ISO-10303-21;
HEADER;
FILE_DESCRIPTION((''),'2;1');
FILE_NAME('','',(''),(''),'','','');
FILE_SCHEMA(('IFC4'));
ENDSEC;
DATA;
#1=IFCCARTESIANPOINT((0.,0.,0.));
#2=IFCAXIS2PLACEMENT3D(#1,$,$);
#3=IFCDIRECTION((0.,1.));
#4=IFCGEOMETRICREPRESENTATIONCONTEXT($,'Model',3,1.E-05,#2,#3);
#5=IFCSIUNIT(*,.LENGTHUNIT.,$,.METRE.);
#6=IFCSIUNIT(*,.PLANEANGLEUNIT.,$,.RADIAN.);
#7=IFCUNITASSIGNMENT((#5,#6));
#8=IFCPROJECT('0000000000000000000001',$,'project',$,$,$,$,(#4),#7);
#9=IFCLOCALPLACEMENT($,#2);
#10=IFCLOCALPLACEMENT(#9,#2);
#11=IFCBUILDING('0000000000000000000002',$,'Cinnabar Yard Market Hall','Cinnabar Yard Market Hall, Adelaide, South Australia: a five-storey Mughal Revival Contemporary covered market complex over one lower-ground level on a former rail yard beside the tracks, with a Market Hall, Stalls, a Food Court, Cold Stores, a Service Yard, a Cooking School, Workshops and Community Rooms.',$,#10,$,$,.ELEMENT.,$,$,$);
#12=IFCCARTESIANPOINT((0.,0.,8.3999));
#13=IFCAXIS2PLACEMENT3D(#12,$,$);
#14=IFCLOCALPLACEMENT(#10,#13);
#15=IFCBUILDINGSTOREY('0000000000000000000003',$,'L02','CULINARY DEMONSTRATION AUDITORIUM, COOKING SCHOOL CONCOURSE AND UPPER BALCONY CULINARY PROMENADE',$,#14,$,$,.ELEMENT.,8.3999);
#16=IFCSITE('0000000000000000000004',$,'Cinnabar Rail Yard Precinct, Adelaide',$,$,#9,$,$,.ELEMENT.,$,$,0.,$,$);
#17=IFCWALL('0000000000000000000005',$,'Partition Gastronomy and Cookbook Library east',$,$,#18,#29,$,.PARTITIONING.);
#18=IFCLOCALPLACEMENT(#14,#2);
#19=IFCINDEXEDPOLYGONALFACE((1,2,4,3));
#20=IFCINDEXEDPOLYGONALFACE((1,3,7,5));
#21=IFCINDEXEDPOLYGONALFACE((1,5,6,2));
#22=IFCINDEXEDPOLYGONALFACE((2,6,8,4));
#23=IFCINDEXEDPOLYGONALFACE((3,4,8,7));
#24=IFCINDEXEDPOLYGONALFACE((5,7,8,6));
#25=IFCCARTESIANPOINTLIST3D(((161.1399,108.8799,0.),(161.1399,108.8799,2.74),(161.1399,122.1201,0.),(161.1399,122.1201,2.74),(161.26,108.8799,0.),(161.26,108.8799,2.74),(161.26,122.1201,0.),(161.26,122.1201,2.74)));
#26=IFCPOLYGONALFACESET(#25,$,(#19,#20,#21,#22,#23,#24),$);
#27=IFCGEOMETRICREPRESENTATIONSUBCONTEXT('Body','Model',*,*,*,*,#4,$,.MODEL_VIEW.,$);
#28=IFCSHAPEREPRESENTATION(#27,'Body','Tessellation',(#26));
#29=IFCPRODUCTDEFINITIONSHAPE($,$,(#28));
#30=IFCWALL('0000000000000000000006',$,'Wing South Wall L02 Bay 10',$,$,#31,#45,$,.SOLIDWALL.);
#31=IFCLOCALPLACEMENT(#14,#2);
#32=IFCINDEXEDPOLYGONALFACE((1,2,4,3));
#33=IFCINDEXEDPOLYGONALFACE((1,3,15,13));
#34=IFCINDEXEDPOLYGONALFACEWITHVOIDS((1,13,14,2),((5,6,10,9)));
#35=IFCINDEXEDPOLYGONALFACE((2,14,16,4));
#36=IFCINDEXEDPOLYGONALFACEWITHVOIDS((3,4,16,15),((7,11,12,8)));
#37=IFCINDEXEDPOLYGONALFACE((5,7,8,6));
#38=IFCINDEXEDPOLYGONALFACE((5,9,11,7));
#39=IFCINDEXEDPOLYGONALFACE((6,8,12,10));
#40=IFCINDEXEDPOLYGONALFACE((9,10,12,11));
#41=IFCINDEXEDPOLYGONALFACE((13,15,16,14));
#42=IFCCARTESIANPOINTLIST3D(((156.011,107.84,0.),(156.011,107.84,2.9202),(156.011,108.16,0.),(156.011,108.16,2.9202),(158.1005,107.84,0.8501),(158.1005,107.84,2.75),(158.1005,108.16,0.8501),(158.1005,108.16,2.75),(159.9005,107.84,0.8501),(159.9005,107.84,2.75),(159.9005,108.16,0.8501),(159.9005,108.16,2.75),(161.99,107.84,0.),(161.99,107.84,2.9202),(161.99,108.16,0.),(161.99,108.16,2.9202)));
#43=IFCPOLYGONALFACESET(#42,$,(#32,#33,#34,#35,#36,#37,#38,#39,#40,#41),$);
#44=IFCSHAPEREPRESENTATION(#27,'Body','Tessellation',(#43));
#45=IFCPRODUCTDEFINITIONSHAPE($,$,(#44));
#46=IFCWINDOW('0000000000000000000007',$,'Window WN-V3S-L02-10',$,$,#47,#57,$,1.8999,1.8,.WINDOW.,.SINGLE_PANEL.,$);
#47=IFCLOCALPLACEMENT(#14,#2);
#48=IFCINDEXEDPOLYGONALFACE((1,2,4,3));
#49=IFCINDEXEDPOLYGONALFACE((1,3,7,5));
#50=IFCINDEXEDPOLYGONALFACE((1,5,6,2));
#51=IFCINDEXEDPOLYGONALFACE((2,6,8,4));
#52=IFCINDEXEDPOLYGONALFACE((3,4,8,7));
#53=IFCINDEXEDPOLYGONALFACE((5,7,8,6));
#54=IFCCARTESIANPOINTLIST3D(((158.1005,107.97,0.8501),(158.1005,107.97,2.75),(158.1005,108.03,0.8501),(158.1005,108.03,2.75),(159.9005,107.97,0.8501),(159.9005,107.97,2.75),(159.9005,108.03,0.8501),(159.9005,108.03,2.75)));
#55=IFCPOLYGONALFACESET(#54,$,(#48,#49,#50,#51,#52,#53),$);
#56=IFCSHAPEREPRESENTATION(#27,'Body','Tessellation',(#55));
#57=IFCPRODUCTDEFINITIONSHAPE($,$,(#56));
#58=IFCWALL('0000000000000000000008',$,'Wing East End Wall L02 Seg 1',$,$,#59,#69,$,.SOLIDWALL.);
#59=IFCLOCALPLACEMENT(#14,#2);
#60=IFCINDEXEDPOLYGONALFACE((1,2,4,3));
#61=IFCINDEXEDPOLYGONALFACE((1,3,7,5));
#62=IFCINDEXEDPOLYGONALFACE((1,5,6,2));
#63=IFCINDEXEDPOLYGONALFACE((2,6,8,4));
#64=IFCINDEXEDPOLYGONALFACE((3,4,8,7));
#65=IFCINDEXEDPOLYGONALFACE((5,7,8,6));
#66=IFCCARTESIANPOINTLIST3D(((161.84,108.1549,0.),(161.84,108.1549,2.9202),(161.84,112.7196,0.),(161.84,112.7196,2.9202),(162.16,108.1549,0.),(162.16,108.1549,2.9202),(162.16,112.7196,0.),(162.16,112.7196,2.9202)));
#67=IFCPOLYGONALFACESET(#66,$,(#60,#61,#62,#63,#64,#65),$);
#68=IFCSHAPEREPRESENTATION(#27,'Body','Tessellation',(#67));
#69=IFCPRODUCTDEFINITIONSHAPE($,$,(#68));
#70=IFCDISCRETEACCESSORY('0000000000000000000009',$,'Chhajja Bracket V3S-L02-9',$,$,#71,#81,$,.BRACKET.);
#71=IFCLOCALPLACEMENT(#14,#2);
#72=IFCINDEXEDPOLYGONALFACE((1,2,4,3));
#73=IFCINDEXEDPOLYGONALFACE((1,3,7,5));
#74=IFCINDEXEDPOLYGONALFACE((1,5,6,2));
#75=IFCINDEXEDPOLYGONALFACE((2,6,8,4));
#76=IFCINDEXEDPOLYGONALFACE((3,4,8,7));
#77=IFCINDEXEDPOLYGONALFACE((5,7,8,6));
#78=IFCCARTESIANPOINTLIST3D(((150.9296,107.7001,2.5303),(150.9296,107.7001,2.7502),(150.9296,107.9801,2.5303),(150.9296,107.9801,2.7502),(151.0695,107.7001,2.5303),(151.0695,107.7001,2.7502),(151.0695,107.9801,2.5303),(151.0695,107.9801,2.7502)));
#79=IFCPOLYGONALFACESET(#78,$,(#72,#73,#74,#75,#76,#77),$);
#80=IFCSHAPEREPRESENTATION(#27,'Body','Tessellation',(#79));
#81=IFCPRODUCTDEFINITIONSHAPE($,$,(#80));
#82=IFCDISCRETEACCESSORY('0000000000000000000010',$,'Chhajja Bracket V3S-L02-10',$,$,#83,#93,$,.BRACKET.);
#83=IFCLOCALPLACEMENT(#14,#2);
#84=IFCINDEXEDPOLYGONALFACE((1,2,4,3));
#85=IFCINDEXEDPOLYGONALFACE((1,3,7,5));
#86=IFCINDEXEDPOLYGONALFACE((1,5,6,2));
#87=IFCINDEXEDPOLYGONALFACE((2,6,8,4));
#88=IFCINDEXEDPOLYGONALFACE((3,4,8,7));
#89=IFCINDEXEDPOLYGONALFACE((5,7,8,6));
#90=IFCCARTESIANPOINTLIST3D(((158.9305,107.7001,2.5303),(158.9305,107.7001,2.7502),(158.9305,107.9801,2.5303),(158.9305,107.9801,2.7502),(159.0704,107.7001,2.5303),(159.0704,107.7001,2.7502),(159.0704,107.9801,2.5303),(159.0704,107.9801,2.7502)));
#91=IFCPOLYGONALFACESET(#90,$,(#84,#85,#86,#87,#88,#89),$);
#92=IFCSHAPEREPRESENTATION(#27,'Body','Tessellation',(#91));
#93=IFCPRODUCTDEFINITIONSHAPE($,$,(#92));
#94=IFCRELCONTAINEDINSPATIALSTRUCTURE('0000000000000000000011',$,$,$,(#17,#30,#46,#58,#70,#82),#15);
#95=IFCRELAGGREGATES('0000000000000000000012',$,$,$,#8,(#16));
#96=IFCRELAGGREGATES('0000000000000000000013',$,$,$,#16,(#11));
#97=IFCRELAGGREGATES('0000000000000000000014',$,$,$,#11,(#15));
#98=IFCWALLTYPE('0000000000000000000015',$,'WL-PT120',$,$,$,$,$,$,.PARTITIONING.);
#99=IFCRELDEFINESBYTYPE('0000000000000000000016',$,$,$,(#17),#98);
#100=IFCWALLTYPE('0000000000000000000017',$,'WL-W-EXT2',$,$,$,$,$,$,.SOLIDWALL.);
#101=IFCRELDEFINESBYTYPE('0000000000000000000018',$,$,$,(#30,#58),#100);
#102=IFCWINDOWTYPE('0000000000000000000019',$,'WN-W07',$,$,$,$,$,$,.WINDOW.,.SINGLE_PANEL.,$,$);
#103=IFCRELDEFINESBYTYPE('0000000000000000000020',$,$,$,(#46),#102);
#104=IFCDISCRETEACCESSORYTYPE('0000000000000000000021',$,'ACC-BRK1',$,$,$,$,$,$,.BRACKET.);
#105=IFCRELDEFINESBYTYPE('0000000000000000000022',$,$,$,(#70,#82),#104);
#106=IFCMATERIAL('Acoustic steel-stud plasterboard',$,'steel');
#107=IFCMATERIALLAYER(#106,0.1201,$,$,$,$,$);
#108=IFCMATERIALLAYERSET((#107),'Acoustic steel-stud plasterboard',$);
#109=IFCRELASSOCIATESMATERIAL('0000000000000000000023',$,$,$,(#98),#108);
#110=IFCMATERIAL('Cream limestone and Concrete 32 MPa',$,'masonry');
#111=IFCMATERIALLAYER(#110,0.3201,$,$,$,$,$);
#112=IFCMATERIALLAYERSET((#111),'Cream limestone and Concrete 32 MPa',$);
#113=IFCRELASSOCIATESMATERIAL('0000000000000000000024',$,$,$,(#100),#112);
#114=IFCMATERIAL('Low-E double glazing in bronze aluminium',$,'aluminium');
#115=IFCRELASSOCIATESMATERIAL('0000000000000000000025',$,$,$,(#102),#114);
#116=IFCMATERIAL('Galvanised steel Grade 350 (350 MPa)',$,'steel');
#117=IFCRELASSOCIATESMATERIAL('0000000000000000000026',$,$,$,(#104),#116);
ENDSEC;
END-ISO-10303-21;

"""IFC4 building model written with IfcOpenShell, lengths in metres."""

from ifc_helpers import new_model, si_unit, direction, frame, frame_2d, origin, origin_2d_with_axis, place, context, subcontext, project, spatial, rectangle, extrude, material, layer, layer_set, type_object, element, fill, save


model = new_model("IFC4")

# Units and contexts
model_context = context("Model", 3, precision=1e-05, world=origin(), true_north=direction((0.0, 1.0)))
body_context = subcontext(model_context, "Body", "Model", "MODEL_VIEW")
ifc_project = project(units=[si_unit("LENGTHUNIT", "METRE"), si_unit("PLANEANGLEUNIT", "RADIAN")], contexts=[model_context])

# Site, building, storey
site_placement = place(None, origin())
site = spatial("IfcSite", under=ifc_project, at=site_placement, Name="Cinnabar Rail Yard Precinct, Adelaide", CompositionType="ELEMENT", RefElevation=0.0)
building_placement = place(site_placement, origin())
building = spatial("IfcBuilding", under=site, at=building_placement, Name="Cinnabar Yard Market Hall", Description="Cinnabar Yard Market Hall, Adelaide, South Australia: a five-storey Mughal Revival Contemporary covered market complex over one lower-ground level on a former rail yard beside the tracks, with a Market Hall, Stalls, a Food Court, Cold Stores, a Service Yard, a Cooking School, Workshops and Community Rooms.", CompositionType="ELEMENT")
storey_placement = place(building_placement, frame((0.0, 0.0, 8.3999)))
storey = spatial("IfcBuildingStorey", under=building, at=storey_placement, Name="L02", Description="CULINARY DEMONSTRATION AUDITORIUM, COOKING SCHOOL CONCOURSE AND UPPER BALCONY CULINARY PROMENADE", CompositionType="ELEMENT", Elevation=8.3999)

# Wall
ifc_material_1 = material(Name="Acoustic steel-stud plasterboard", Category="steel")
ifc_layer_1 = layer(ifc_material_1, 0.1201)
ifc_layer_set_1 = layer_set([ifc_layer_1], Name="Acoustic steel-stud plasterboard")
wall_type_1 = type_object("IfcWallType", Name="WL-PT120", PredefinedType="PARTITIONING", material=ifc_layer_set_1)
wall_1_placement = place(storey_placement, frame((161.2, 108.8799, 0.0), z_axis=(0.0, 0.0, 1.0), x_axis=(0.0, 1.0, 0.0)))
element("IfcWall", 1, at=wall_1_placement, inside=storey, type_object=wall_type_1, Name="Partition Gastronomy and Cookbook Library east", PredefinedType="PARTITIONING", context=body_context, shape_type="SweptSolid", body=[
    extrude(rectangle(XDim=13.2402, YDim=0.1201, at=frame_2d((6.6201, 0.0), x_axis=(1.0, 0.0))), origin(), (0.0, 0.0, 1.0), 2.74),
])

# Wall, opening, window
ifc_material_2 = material(Name="Cream limestone and Concrete 32 MPa", Category="masonry")
ifc_layer_2 = layer(ifc_material_2, 0.3201)
ifc_layer_set_2 = layer_set([ifc_layer_2], Name="Cream limestone and Concrete 32 MPa")
wall_type_2 = type_object("IfcWallType", Name="WL-W-EXT2", PredefinedType="SOLIDWALL", material=ifc_layer_set_2)
wall_2_placement = place(storey_placement, frame((156.011, 108.0, 0.0), z_axis=(0.0, 0.0, 1.0), x_axis=(1.0, 0.0, 0.0)))
wall_2 = element("IfcWall", 2, at=wall_2_placement, inside=storey, type_object=wall_type_2, Name="Wing South Wall L02 Bay 10", PredefinedType="SOLIDWALL", context=body_context, shape_type="SweptSolid", body=[
    extrude(rectangle(XDim=5.979, YDim=0.3201, at=frame_2d((2.9895, 0.0), x_axis=(1.0, 0.0))), origin(), (0.0, 0.0, 1.0), 2.9202),
])
opening_placement = place(wall_2_placement, frame((2.0896, 0.0, 0.8501)))
opening = element("IfcOpeningElement", 3, at=opening_placement, cuts=wall_2, PredefinedType="OPENING", context=body_context, shape_type="SweptSolid", body=[
    extrude(rectangle(XDim=1.8, YDim=1.8999, at=frame_2d((0.8999, 0.95), x_axis=(1.0, 0.0))), frame((0.0, 0.1699, 0.0), z_axis=(0.0, -1.0, 0.0), x_axis=(1.0, 0.0, 0.0)), (0.0, 0.0, 1.0), 0.3401),
])
ifc_material_3 = material(Name="Low-E double glazing in bronze aluminium", Category="aluminium")
window_type = type_object("IfcWindowType", Name="WN-W07", PartitioningType="SINGLE_PANEL", PredefinedType="WINDOW", material=ifc_material_3)
window_placement = place(opening_placement, origin())
window = element("IfcWindow", 4, at=window_placement, inside=storey, type_object=window_type, Name="Window WN-V3S-L02-10", OverallHeight=1.8999, OverallWidth=1.8, PartitioningType="SINGLE_PANEL", PredefinedType="WINDOW", context=body_context, shape_type="SweptSolid", body=[
    extrude(rectangle(XDim=1.8, YDim=1.8999, at=frame_2d((0.8999, 0.95), x_axis=(1.0, 0.0))), frame((0.0, 0.03, 0.0), z_axis=(0.0, -1.0, 0.0), x_axis=(1.0, 0.0, 0.0)), (0.0, 0.0, 1.0), 0.0601),
])
fill(opening, window)

# Wall
wall_3_placement = place(storey_placement, frame((162.0, 108.155, 0.0), z_axis=(0.0, 0.0, 1.0), x_axis=(0.0, 1.0, 0.0)))
element("IfcWall", 5, at=wall_3_placement, inside=storey, type_object=wall_type_2, Name="Wing East End Wall L02 Seg 1", PredefinedType="SOLIDWALL", context=body_context, shape_type="SweptSolid", body=[
    extrude(rectangle(XDim=4.5647, YDim=0.3201, at=frame_2d((2.2822, 0.0), x_axis=(1.0, 0.0))), origin(), (0.0, 0.0, 1.0), 2.9202),
])

# Discrete accessories
ifc_material_4 = material(Name="Galvanised steel Grade 350 (350 MPa)", Category="steel")
discrete_accessory_type = type_object("IfcDiscreteAccessoryType", Name="ACC-BRK1", PredefinedType="BRACKET", material=ifc_material_4)
for number, where, z_axis, x_axis, name in (
    (6, (150.9995, 107.8401, 2.5303), (0.0, 0.0, 1.0), (1.0, 0.0, 0.0), "Chhajja Bracket V3S-L02-9"),
    (7, (159.0005, 107.8401, 2.5303), (0.0, 0.0, 1.0), (1.0, 0.0, 0.0), "Chhajja Bracket V3S-L02-10"),
):
    element("IfcDiscreteAccessory", number, at=place(storey_placement, frame(where, z_axis=z_axis, x_axis=x_axis)), inside=storey, type_object=discrete_accessory_type, Name=name, PredefinedType="BRACKET", context=body_context, shape_type="SweptSolid", body=[
        extrude(rectangle(XDim=0.1399, YDim=0.28, at=origin_2d_with_axis()), origin(), (0.0, 0.0, 1.0), 0.22),
    ])

save(model, "model.ifc")
